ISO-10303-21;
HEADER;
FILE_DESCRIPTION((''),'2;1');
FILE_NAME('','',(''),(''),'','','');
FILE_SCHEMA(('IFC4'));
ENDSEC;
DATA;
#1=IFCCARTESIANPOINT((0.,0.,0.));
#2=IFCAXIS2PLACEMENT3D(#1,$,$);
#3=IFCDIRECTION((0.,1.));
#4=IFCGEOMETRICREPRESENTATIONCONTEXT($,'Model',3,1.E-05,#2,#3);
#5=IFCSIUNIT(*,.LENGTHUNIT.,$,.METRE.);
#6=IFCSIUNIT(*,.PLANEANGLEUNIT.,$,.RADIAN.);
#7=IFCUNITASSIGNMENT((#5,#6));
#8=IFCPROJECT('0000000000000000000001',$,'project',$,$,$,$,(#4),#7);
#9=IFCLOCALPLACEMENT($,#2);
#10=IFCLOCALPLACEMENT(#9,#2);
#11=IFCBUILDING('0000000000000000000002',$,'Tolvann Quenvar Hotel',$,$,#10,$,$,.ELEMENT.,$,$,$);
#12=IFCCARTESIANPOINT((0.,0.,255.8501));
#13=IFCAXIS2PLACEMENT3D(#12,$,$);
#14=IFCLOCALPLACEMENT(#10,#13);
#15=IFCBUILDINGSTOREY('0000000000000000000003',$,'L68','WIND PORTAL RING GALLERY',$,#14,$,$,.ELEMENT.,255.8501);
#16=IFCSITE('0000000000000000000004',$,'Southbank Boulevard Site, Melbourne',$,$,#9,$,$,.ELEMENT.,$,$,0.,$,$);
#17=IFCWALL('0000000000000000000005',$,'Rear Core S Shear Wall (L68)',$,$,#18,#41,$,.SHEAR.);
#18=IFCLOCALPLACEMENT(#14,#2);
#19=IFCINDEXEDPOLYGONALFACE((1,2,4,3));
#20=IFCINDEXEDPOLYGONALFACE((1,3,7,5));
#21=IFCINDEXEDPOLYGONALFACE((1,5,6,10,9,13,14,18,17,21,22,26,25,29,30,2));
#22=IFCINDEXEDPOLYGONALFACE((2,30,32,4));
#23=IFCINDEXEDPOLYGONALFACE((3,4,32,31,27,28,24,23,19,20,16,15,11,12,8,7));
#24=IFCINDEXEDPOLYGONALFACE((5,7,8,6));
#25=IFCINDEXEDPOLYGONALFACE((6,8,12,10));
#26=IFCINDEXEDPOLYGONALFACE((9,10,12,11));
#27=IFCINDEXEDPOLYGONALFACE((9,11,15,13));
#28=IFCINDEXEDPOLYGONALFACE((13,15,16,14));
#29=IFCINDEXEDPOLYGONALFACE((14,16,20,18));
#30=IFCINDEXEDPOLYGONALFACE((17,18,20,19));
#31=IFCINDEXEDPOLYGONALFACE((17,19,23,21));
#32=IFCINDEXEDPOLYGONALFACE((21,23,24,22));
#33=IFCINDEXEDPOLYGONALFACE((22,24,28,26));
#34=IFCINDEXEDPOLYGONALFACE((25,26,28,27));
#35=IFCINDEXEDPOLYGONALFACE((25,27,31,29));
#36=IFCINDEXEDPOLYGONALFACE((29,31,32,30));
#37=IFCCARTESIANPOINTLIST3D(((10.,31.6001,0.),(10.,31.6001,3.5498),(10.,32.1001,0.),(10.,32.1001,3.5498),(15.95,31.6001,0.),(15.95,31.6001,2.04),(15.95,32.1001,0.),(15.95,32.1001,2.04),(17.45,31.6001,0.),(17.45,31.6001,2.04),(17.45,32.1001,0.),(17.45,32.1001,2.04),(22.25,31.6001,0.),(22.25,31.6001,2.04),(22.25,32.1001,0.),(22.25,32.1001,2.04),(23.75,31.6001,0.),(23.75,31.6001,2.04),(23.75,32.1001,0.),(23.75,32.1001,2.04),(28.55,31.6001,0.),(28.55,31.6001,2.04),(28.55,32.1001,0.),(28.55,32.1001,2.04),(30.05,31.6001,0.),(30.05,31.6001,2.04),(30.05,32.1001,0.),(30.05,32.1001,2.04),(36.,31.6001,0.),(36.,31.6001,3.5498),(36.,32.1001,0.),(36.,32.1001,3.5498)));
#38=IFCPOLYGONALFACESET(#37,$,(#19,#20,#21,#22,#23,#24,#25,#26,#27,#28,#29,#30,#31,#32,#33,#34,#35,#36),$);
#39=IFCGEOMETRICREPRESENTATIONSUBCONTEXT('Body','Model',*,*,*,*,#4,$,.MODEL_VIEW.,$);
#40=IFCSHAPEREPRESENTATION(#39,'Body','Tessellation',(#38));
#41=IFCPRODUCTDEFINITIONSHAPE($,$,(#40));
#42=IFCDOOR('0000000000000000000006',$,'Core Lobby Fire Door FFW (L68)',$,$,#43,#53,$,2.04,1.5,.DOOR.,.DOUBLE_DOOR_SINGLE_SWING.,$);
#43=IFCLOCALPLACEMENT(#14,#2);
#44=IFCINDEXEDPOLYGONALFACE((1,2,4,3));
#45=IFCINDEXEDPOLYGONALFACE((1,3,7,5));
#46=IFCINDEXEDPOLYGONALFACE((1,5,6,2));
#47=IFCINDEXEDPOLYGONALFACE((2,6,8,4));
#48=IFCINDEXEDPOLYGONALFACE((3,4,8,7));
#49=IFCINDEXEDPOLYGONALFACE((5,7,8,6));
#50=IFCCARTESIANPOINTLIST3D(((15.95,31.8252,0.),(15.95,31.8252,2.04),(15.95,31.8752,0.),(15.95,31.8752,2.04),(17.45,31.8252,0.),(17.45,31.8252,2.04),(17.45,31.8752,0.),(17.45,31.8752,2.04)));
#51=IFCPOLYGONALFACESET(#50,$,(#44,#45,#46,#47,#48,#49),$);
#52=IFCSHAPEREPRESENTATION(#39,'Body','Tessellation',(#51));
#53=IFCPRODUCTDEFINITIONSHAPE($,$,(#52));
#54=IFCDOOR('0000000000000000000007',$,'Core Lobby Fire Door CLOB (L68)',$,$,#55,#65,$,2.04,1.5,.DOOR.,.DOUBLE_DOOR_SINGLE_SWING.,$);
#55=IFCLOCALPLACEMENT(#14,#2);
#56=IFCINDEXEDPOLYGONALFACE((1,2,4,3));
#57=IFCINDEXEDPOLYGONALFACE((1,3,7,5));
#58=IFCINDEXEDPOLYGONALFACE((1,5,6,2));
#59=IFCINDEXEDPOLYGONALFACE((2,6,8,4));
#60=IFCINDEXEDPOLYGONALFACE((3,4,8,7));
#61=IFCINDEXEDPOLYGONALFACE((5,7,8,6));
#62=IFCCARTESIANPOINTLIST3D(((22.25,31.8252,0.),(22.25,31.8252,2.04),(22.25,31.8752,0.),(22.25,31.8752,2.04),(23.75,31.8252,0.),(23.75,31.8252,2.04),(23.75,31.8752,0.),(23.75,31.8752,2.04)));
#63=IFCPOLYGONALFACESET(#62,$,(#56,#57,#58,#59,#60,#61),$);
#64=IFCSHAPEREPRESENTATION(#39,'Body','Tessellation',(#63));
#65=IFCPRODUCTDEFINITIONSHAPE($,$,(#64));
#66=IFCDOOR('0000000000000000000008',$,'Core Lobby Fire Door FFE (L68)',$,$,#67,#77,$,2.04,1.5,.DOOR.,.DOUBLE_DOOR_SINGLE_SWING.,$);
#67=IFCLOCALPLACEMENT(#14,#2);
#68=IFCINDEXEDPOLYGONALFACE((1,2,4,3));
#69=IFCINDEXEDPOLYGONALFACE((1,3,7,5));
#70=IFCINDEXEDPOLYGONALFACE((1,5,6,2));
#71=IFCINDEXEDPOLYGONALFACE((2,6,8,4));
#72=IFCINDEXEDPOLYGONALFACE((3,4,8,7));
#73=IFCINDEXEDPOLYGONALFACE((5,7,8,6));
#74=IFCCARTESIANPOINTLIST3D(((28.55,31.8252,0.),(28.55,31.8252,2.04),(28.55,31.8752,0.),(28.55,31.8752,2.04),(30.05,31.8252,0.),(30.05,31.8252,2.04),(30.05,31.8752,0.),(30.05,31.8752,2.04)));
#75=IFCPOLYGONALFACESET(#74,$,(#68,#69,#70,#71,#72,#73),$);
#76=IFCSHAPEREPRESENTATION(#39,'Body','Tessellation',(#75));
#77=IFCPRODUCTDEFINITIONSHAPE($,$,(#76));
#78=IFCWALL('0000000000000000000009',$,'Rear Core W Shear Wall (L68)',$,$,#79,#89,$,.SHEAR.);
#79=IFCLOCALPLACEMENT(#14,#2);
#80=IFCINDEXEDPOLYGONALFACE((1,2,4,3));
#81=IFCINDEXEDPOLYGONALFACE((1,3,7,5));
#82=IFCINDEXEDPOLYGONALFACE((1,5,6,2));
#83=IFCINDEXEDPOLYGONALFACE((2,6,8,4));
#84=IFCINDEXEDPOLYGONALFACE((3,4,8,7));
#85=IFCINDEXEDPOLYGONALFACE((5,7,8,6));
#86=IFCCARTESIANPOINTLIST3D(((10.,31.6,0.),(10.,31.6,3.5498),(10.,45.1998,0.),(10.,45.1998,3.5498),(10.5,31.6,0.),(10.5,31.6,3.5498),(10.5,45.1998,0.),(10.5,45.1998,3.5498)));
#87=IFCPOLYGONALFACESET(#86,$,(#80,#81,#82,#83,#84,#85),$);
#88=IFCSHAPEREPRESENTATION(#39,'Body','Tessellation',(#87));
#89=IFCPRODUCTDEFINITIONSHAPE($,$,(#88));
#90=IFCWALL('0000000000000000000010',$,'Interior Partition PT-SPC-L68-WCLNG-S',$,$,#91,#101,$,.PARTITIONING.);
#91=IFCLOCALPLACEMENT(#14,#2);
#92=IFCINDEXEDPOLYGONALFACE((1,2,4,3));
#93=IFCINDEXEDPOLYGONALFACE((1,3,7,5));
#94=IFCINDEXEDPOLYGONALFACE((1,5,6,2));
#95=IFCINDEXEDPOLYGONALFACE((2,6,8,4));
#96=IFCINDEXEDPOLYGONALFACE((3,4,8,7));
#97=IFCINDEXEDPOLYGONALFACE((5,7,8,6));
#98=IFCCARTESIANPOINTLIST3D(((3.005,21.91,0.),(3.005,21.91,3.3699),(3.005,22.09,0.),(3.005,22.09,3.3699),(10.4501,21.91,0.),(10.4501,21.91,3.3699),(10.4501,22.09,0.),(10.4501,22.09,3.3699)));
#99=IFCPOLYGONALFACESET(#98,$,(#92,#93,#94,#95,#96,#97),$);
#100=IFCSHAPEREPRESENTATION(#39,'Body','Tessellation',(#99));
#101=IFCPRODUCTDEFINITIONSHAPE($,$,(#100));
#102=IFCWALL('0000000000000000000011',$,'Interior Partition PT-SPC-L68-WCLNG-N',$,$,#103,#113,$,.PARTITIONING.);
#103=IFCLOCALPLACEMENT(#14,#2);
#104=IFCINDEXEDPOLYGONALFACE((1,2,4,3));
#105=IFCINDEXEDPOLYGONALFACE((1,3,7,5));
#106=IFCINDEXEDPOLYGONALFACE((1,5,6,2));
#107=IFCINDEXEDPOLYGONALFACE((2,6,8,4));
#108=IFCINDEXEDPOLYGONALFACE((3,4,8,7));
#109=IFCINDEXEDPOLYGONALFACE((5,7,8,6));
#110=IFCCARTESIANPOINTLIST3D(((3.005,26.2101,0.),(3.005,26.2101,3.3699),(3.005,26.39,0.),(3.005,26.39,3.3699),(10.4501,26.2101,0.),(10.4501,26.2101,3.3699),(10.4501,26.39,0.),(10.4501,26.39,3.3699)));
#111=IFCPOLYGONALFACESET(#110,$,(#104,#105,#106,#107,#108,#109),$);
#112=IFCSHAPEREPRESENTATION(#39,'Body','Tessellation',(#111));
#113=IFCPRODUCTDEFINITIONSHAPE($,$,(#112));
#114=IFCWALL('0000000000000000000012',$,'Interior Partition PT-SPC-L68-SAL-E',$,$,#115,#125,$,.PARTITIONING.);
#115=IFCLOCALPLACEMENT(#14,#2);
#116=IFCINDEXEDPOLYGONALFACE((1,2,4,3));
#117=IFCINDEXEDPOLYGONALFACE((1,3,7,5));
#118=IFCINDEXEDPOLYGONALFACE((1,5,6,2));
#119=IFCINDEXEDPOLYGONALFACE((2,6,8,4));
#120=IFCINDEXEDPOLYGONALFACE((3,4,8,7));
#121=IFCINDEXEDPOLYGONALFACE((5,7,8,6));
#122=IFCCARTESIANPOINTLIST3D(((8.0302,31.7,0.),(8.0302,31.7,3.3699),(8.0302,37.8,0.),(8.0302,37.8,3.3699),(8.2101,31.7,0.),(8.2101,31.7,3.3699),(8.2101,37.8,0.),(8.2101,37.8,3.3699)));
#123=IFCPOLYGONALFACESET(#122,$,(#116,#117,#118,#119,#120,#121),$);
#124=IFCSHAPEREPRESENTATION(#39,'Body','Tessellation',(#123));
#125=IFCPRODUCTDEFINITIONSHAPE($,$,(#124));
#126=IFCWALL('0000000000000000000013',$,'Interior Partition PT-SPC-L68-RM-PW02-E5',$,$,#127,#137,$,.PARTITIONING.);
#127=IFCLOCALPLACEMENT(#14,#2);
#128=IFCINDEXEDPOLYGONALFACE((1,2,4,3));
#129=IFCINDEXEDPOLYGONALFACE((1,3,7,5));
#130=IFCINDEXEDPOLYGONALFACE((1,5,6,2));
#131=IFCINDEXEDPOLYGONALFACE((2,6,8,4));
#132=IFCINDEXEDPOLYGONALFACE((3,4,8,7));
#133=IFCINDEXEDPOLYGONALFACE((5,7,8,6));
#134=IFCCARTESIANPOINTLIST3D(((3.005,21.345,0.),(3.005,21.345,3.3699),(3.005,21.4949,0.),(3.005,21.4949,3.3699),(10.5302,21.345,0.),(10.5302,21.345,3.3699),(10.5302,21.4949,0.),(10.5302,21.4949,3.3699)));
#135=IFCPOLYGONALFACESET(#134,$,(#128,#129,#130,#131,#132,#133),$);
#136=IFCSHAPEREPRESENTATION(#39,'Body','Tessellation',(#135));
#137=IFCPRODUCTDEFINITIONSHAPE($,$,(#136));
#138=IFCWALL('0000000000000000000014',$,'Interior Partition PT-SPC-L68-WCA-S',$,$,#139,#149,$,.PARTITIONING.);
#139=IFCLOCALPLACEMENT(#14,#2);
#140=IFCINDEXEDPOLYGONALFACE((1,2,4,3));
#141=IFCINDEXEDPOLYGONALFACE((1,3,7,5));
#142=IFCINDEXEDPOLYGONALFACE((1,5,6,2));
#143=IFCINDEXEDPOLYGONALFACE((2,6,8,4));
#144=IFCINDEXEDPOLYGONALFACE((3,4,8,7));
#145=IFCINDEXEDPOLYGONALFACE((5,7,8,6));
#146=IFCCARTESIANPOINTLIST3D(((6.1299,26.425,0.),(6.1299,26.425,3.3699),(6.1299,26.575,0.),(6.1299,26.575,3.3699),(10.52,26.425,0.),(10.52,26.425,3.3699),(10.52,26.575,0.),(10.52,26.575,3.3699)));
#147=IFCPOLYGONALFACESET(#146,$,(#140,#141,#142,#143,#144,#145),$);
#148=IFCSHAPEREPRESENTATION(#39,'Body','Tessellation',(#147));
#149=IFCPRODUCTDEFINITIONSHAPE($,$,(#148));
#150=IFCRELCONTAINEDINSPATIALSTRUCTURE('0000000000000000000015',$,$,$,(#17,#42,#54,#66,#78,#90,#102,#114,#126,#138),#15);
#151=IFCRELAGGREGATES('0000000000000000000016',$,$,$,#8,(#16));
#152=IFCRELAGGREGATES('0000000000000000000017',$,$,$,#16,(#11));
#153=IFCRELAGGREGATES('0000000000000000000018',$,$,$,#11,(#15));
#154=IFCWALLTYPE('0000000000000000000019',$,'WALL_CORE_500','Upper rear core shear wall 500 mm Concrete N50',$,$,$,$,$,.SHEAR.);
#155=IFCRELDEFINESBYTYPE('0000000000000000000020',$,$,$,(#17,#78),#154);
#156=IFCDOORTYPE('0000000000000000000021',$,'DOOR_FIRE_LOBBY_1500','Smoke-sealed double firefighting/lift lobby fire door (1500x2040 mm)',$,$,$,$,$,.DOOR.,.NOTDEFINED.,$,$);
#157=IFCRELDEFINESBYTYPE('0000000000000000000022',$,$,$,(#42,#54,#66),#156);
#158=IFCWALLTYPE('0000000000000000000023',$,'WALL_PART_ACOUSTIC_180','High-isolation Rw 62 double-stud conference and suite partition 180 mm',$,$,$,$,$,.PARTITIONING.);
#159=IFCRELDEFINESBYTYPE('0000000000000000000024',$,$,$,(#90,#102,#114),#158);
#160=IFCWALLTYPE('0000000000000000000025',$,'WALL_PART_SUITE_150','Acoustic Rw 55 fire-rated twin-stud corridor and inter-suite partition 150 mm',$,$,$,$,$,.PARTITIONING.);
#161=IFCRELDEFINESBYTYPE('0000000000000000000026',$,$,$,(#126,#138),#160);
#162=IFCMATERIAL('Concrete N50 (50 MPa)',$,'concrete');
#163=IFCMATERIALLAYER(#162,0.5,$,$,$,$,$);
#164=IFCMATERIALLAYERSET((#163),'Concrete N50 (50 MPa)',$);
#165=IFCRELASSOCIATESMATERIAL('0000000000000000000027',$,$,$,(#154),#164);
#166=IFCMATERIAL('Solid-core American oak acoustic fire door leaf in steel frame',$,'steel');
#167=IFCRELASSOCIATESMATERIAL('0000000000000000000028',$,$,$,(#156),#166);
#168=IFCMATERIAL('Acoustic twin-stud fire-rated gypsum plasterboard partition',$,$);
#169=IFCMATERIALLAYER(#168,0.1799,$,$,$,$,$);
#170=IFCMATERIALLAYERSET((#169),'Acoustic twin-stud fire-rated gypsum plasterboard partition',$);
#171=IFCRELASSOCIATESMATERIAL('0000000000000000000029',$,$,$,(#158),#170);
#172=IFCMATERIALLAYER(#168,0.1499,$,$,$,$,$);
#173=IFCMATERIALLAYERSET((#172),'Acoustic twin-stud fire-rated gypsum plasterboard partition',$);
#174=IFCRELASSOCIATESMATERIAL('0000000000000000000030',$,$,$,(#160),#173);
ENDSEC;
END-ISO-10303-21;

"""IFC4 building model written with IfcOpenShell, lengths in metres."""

from ifc_helpers import new_model, si_unit, direction, frame, frame_2d, origin, place, context, subcontext, project, spatial, rectangle, extrude, source, transform, mapped, material, layer, layer_set, type_object, type_shapes, element, fill, save


model = new_model("IFC4")

# Units and contexts
model_context = context("Model", 3, precision=1e-05, world=origin(), true_north=direction((0.0, 1.0)))
body_context = subcontext(model_context, "Body", "Model", "MODEL_VIEW")
ifc_project = project(units=[si_unit("LENGTHUNIT", "METRE"), si_unit("PLANEANGLEUNIT", "RADIAN")], contexts=[model_context])

# Site, building, storey
site_placement = place(None, origin())
site = spatial("IfcSite", under=ifc_project, at=site_placement, Name="Southbank Boulevard Site, Melbourne", CompositionType="ELEMENT", RefElevation=0.0)
building_placement = place(site_placement, origin())
building = spatial("IfcBuilding", under=site, at=building_placement, Name="Tolvann Quenvar Hotel", CompositionType="ELEMENT")
storey_placement = place(building_placement, frame((0.0, 0.0, 255.8501)))
storey = spatial("IfcBuildingStorey", under=building, at=storey_placement, Name="L68", Description="WIND PORTAL RING GALLERY", CompositionType="ELEMENT", Elevation=255.8501)

# Wall, openings, doors
ifc_material_1 = material(Name="Concrete N50 (50 MPa)", Category="concrete")
ifc_layer_1 = layer(ifc_material_1, 0.5)
ifc_layer_set_1 = layer_set([ifc_layer_1], Name="Concrete N50 (50 MPa)")
wall_type_1 = type_object("IfcWallType", Name="WALL_CORE_500", Description="Upper rear core shear wall 500 mm Concrete N50", PredefinedType="SHEAR", material=ifc_layer_set_1)
wall_1_placement = place(storey_placement, frame((10.0, 31.8501, 0.0), z_axis=(0.0, 0.0, 1.0), x_axis=(1.0, 0.0, 0.0)))
wall_1 = element("IfcWall", 1, at=wall_1_placement, inside=storey, type_object=wall_type_1, Name="Rear Core S Shear Wall (L68)", PredefinedType="SHEAR", context=body_context, shape_type="SweptSolid", body=[
    extrude(rectangle(XDim=26.0, YDim=0.5, at=frame_2d((13.0, 0.0))), origin(), (0.0, 0.0, 1.0), 3.5498),
])
opening_1_placement = place(wall_1_placement, frame((7.45, 0.0, 0.0), z_axis=(0.0, 0.0, 1.0), x_axis=(-1.0, 0.0, 0.0)))
opening_1 = element("IfcOpeningElement", 2, at=opening_1_placement, cuts=wall_1, PredefinedType="OPENING", context=body_context, shape_type="SweptSolid", body=[
    extrude(rectangle(XDim=1.5, YDim=2.04, at=frame_2d((0.75, 1.02))), frame((0.0, 0.26, 0.0), z_axis=(0.0, -1.0, 0.0), x_axis=(1.0, 0.0, 0.0)), (0.0, 0.0, 1.0), 0.52),
])
opening_2_placement = place(wall_1_placement, frame((13.75, 0.0, 0.0), z_axis=(0.0, 0.0, 1.0), x_axis=(-1.0, 0.0, 0.0)))
opening_2 = element("IfcOpeningElement", 3, at=opening_2_placement, cuts=wall_1, PredefinedType="OPENING", context=body_context, shape_type="SweptSolid", body=[
    extrude(rectangle(XDim=1.5, YDim=2.04, at=frame_2d((0.75, 1.02))), frame((0.0, 0.26, 0.0), z_axis=(0.0, -1.0, 0.0), x_axis=(1.0, 0.0, 0.0)), (0.0, 0.0, 1.0), 0.52),
])
opening_3_placement = place(wall_1_placement, frame((20.05, 0.0, 0.0), z_axis=(0.0, 0.0, 1.0), x_axis=(-1.0, 0.0, 0.0)))
opening_3 = element("IfcOpeningElement", 4, at=opening_3_placement, cuts=wall_1, PredefinedType="OPENING", context=body_context, shape_type="SweptSolid", body=[
    extrude(rectangle(XDim=1.5, YDim=2.04, at=frame_2d((0.75, 1.02))), frame((0.0, 0.26, 0.0), z_axis=(0.0, -1.0, 0.0), x_axis=(1.0, 0.0, 0.0)), (0.0, 0.0, 1.0), 0.52),
])
ifc_material_2 = material(Name="Solid-core American oak acoustic fire door leaf in steel frame", Category="steel")
door_type_1 = type_object("IfcDoorType", Name="DOOR_FIRE_LOBBY_1500", Description="Smoke-sealed double firefighting/lift lobby fire door (1500x2040 mm)", OperationType="NOTDEFINED", PredefinedType="DOOR", material=ifc_material_2)
shared_shape_1 = source(origin(), body_context, "Body", "SweptSolid", [
    extrude(rectangle(XDim=1.5, YDim=2.04, at=frame_2d((0.75, 1.02))), frame((0.0, 0.0249, 0.0), z_axis=(0.0, -1.0, 0.0), x_axis=(1.0, 0.0, 0.0)), (0.0, 0.0, 1.0), 0.05),
])
type_shapes(door_type_1, [shared_shape_1])
door_1_placement = place(opening_1_placement, origin())
door_1 = element("IfcDoor", 5, at=door_1_placement, inside=storey, type_object=door_type_1, Name="Core Lobby Fire Door FFW (L68)", OperationType="DOUBLE_DOOR_SINGLE_SWING", OverallHeight=2.04, OverallWidth=1.5, PredefinedType="DOOR", context=body_context, shape_type="MappedRepresentation", body=[
    mapped(shared_shape_1, transform((0.0, 0.0, 0.0), x_axis=(1.0, 0.0, 0.0), y_axis=(0.0, 1.0, 0.0), z_axis=(0.0, 0.0, 1.0), scale=1.0)),
])
fill(opening_1, door_1)
door_2_placement = place(opening_2_placement, origin())
door_2 = element("IfcDoor", 6, at=door_2_placement, inside=storey, type_object=door_type_1, Name="Core Lobby Fire Door CLOB (L68)", OperationType="DOUBLE_DOOR_SINGLE_SWING", OverallHeight=2.04, OverallWidth=1.5, PredefinedType="DOOR", context=body_context, shape_type="MappedRepresentation", body=[
    mapped(shared_shape_1, transform((0.0, 0.0, 0.0), x_axis=(1.0, 0.0, 0.0), y_axis=(0.0, 1.0, 0.0), z_axis=(0.0, 0.0, 1.0), scale=1.0)),
])
fill(opening_2, door_2)
door_3_placement = place(opening_3_placement, origin())
door_3 = element("IfcDoor", 7, at=door_3_placement, inside=storey, type_object=door_type_1, Name="Core Lobby Fire Door FFE (L68)", OperationType="DOUBLE_DOOR_SINGLE_SWING", OverallHeight=2.04, OverallWidth=1.5, PredefinedType="DOOR", context=body_context, shape_type="MappedRepresentation", body=[
    mapped(shared_shape_1, transform((0.0, 0.0, 0.0), x_axis=(1.0, 0.0, 0.0), y_axis=(0.0, 1.0, 0.0), z_axis=(0.0, 0.0, 1.0), scale=1.0)),
])
fill(opening_3, door_3)

# Walls
wall_2_placement = place(storey_placement, frame((10.25, 31.6001, 0.0), z_axis=(0.0, 0.0, 1.0), x_axis=(0.0, 1.0, 0.0)))
element("IfcWall", 8, at=wall_2_placement, inside=storey, type_object=wall_type_1, Name="Rear Core W Shear Wall (L68)", PredefinedType="SHEAR", context=body_context, shape_type="SweptSolid", body=[
    extrude(rectangle(XDim=13.5999, YDim=0.5, at=frame_2d((6.7998, 0.0))), origin(), (0.0, 0.0, 1.0), 3.5498),
])
ifc_material_3 = material(Name="Acoustic twin-stud fire-rated gypsum plasterboard partition")
ifc_layer_2 = layer(ifc_material_3, 0.1799)
ifc_layer_set_2 = layer_set([ifc_layer_2], Name="Acoustic twin-stud fire-rated gypsum plasterboard partition")
wall_type_2 = type_object("IfcWallType", Name="WALL_PART_ACOUSTIC_180", Description="High-isolation Rw 62 double-stud conference and suite partition 180 mm", PredefinedType="PARTITIONING", material=ifc_layer_set_2)
for number, where, z_axis, x_axis, name in (
    (9, (3.0049, 22.0, 0.0), (0.0, 0.0, 1.0), (1.0, 0.0, 0.0), "Interior Partition PT-SPC-L68-WCLNG-S"),
    (10, (3.0049, 26.3, 0.0), (0.0, 0.0, 1.0), (1.0, 0.0, 0.0), "Interior Partition PT-SPC-L68-WCLNG-N"),
):
    element("IfcWall", number, at=place(storey_placement, frame(where, z_axis=z_axis, x_axis=x_axis)), inside=storey, type_object=wall_type_2, Name=name, PredefinedType="PARTITIONING", context=body_context, shape_type="SweptSolid", body=[
        extrude(rectangle(XDim=7.4451, YDim=0.1799, at=frame_2d((3.7227, 0.0))), origin(), (0.0, 0.0, 1.0), 3.3699),
    ])

# Walls
wall_3_placement = place(storey_placement, frame((8.1201, 31.7, 0.0), z_axis=(0.0, 0.0, 1.0), x_axis=(0.0, 1.0, 0.0)))
element("IfcWall", 11, at=wall_3_placement, inside=storey, type_object=wall_type_2, Name="Interior Partition PT-SPC-L68-SAL-E", PredefinedType="PARTITIONING", context=body_context, shape_type="SweptSolid", body=[
    extrude(rectangle(XDim=6.1001, YDim=0.1799, at=frame_2d((3.05, 0.0))), origin(), (0.0, 0.0, 1.0), 3.3699),
])
ifc_layer_3 = layer(ifc_material_3, 0.1499)
ifc_layer_set_3 = layer_set([ifc_layer_3], Name="Acoustic twin-stud fire-rated gypsum plasterboard partition")
wall_type_3 = type_object("IfcWallType", Name="WALL_PART_SUITE_150", Description="Acoustic Rw 55 fire-rated twin-stud corridor and inter-suite partition 150 mm", PredefinedType="PARTITIONING", material=ifc_layer_set_3)
wall_4_placement = place(storey_placement, frame((3.0049, 21.4199, 0.0), z_axis=(0.0, 0.0, 1.0), x_axis=(1.0, 0.0, 0.0)))
element("IfcWall", 12, at=wall_4_placement, inside=storey, type_object=wall_type_3, Name="Interior Partition PT-SPC-L68-RM-PW02-E5", PredefinedType="PARTITIONING", context=body_context, shape_type="SweptSolid", body=[
    extrude(rectangle(XDim=7.5251, YDim=0.1499, at=frame_2d((3.7627, 0.0))), origin(), (0.0, 0.0, 1.0), 3.3699),
])
wall_5_placement = place(storey_placement, frame((6.1299, 26.5, 0.0), z_axis=(0.0, 0.0, 1.0), x_axis=(1.0, 0.0, 0.0)))
element("IfcWall", 13, at=wall_5_placement, inside=storey, type_object=wall_type_3, Name="Interior Partition PT-SPC-L68-WCA-S", PredefinedType="PARTITIONING", context=body_context, shape_type="SweptSolid", body=[
    extrude(rectangle(XDim=4.3901, YDim=0.1499, at=frame_2d((2.1951, 0.0))), origin(), (0.0, 0.0, 1.0), 3.3699),
])

save(model, "model.ifc")
